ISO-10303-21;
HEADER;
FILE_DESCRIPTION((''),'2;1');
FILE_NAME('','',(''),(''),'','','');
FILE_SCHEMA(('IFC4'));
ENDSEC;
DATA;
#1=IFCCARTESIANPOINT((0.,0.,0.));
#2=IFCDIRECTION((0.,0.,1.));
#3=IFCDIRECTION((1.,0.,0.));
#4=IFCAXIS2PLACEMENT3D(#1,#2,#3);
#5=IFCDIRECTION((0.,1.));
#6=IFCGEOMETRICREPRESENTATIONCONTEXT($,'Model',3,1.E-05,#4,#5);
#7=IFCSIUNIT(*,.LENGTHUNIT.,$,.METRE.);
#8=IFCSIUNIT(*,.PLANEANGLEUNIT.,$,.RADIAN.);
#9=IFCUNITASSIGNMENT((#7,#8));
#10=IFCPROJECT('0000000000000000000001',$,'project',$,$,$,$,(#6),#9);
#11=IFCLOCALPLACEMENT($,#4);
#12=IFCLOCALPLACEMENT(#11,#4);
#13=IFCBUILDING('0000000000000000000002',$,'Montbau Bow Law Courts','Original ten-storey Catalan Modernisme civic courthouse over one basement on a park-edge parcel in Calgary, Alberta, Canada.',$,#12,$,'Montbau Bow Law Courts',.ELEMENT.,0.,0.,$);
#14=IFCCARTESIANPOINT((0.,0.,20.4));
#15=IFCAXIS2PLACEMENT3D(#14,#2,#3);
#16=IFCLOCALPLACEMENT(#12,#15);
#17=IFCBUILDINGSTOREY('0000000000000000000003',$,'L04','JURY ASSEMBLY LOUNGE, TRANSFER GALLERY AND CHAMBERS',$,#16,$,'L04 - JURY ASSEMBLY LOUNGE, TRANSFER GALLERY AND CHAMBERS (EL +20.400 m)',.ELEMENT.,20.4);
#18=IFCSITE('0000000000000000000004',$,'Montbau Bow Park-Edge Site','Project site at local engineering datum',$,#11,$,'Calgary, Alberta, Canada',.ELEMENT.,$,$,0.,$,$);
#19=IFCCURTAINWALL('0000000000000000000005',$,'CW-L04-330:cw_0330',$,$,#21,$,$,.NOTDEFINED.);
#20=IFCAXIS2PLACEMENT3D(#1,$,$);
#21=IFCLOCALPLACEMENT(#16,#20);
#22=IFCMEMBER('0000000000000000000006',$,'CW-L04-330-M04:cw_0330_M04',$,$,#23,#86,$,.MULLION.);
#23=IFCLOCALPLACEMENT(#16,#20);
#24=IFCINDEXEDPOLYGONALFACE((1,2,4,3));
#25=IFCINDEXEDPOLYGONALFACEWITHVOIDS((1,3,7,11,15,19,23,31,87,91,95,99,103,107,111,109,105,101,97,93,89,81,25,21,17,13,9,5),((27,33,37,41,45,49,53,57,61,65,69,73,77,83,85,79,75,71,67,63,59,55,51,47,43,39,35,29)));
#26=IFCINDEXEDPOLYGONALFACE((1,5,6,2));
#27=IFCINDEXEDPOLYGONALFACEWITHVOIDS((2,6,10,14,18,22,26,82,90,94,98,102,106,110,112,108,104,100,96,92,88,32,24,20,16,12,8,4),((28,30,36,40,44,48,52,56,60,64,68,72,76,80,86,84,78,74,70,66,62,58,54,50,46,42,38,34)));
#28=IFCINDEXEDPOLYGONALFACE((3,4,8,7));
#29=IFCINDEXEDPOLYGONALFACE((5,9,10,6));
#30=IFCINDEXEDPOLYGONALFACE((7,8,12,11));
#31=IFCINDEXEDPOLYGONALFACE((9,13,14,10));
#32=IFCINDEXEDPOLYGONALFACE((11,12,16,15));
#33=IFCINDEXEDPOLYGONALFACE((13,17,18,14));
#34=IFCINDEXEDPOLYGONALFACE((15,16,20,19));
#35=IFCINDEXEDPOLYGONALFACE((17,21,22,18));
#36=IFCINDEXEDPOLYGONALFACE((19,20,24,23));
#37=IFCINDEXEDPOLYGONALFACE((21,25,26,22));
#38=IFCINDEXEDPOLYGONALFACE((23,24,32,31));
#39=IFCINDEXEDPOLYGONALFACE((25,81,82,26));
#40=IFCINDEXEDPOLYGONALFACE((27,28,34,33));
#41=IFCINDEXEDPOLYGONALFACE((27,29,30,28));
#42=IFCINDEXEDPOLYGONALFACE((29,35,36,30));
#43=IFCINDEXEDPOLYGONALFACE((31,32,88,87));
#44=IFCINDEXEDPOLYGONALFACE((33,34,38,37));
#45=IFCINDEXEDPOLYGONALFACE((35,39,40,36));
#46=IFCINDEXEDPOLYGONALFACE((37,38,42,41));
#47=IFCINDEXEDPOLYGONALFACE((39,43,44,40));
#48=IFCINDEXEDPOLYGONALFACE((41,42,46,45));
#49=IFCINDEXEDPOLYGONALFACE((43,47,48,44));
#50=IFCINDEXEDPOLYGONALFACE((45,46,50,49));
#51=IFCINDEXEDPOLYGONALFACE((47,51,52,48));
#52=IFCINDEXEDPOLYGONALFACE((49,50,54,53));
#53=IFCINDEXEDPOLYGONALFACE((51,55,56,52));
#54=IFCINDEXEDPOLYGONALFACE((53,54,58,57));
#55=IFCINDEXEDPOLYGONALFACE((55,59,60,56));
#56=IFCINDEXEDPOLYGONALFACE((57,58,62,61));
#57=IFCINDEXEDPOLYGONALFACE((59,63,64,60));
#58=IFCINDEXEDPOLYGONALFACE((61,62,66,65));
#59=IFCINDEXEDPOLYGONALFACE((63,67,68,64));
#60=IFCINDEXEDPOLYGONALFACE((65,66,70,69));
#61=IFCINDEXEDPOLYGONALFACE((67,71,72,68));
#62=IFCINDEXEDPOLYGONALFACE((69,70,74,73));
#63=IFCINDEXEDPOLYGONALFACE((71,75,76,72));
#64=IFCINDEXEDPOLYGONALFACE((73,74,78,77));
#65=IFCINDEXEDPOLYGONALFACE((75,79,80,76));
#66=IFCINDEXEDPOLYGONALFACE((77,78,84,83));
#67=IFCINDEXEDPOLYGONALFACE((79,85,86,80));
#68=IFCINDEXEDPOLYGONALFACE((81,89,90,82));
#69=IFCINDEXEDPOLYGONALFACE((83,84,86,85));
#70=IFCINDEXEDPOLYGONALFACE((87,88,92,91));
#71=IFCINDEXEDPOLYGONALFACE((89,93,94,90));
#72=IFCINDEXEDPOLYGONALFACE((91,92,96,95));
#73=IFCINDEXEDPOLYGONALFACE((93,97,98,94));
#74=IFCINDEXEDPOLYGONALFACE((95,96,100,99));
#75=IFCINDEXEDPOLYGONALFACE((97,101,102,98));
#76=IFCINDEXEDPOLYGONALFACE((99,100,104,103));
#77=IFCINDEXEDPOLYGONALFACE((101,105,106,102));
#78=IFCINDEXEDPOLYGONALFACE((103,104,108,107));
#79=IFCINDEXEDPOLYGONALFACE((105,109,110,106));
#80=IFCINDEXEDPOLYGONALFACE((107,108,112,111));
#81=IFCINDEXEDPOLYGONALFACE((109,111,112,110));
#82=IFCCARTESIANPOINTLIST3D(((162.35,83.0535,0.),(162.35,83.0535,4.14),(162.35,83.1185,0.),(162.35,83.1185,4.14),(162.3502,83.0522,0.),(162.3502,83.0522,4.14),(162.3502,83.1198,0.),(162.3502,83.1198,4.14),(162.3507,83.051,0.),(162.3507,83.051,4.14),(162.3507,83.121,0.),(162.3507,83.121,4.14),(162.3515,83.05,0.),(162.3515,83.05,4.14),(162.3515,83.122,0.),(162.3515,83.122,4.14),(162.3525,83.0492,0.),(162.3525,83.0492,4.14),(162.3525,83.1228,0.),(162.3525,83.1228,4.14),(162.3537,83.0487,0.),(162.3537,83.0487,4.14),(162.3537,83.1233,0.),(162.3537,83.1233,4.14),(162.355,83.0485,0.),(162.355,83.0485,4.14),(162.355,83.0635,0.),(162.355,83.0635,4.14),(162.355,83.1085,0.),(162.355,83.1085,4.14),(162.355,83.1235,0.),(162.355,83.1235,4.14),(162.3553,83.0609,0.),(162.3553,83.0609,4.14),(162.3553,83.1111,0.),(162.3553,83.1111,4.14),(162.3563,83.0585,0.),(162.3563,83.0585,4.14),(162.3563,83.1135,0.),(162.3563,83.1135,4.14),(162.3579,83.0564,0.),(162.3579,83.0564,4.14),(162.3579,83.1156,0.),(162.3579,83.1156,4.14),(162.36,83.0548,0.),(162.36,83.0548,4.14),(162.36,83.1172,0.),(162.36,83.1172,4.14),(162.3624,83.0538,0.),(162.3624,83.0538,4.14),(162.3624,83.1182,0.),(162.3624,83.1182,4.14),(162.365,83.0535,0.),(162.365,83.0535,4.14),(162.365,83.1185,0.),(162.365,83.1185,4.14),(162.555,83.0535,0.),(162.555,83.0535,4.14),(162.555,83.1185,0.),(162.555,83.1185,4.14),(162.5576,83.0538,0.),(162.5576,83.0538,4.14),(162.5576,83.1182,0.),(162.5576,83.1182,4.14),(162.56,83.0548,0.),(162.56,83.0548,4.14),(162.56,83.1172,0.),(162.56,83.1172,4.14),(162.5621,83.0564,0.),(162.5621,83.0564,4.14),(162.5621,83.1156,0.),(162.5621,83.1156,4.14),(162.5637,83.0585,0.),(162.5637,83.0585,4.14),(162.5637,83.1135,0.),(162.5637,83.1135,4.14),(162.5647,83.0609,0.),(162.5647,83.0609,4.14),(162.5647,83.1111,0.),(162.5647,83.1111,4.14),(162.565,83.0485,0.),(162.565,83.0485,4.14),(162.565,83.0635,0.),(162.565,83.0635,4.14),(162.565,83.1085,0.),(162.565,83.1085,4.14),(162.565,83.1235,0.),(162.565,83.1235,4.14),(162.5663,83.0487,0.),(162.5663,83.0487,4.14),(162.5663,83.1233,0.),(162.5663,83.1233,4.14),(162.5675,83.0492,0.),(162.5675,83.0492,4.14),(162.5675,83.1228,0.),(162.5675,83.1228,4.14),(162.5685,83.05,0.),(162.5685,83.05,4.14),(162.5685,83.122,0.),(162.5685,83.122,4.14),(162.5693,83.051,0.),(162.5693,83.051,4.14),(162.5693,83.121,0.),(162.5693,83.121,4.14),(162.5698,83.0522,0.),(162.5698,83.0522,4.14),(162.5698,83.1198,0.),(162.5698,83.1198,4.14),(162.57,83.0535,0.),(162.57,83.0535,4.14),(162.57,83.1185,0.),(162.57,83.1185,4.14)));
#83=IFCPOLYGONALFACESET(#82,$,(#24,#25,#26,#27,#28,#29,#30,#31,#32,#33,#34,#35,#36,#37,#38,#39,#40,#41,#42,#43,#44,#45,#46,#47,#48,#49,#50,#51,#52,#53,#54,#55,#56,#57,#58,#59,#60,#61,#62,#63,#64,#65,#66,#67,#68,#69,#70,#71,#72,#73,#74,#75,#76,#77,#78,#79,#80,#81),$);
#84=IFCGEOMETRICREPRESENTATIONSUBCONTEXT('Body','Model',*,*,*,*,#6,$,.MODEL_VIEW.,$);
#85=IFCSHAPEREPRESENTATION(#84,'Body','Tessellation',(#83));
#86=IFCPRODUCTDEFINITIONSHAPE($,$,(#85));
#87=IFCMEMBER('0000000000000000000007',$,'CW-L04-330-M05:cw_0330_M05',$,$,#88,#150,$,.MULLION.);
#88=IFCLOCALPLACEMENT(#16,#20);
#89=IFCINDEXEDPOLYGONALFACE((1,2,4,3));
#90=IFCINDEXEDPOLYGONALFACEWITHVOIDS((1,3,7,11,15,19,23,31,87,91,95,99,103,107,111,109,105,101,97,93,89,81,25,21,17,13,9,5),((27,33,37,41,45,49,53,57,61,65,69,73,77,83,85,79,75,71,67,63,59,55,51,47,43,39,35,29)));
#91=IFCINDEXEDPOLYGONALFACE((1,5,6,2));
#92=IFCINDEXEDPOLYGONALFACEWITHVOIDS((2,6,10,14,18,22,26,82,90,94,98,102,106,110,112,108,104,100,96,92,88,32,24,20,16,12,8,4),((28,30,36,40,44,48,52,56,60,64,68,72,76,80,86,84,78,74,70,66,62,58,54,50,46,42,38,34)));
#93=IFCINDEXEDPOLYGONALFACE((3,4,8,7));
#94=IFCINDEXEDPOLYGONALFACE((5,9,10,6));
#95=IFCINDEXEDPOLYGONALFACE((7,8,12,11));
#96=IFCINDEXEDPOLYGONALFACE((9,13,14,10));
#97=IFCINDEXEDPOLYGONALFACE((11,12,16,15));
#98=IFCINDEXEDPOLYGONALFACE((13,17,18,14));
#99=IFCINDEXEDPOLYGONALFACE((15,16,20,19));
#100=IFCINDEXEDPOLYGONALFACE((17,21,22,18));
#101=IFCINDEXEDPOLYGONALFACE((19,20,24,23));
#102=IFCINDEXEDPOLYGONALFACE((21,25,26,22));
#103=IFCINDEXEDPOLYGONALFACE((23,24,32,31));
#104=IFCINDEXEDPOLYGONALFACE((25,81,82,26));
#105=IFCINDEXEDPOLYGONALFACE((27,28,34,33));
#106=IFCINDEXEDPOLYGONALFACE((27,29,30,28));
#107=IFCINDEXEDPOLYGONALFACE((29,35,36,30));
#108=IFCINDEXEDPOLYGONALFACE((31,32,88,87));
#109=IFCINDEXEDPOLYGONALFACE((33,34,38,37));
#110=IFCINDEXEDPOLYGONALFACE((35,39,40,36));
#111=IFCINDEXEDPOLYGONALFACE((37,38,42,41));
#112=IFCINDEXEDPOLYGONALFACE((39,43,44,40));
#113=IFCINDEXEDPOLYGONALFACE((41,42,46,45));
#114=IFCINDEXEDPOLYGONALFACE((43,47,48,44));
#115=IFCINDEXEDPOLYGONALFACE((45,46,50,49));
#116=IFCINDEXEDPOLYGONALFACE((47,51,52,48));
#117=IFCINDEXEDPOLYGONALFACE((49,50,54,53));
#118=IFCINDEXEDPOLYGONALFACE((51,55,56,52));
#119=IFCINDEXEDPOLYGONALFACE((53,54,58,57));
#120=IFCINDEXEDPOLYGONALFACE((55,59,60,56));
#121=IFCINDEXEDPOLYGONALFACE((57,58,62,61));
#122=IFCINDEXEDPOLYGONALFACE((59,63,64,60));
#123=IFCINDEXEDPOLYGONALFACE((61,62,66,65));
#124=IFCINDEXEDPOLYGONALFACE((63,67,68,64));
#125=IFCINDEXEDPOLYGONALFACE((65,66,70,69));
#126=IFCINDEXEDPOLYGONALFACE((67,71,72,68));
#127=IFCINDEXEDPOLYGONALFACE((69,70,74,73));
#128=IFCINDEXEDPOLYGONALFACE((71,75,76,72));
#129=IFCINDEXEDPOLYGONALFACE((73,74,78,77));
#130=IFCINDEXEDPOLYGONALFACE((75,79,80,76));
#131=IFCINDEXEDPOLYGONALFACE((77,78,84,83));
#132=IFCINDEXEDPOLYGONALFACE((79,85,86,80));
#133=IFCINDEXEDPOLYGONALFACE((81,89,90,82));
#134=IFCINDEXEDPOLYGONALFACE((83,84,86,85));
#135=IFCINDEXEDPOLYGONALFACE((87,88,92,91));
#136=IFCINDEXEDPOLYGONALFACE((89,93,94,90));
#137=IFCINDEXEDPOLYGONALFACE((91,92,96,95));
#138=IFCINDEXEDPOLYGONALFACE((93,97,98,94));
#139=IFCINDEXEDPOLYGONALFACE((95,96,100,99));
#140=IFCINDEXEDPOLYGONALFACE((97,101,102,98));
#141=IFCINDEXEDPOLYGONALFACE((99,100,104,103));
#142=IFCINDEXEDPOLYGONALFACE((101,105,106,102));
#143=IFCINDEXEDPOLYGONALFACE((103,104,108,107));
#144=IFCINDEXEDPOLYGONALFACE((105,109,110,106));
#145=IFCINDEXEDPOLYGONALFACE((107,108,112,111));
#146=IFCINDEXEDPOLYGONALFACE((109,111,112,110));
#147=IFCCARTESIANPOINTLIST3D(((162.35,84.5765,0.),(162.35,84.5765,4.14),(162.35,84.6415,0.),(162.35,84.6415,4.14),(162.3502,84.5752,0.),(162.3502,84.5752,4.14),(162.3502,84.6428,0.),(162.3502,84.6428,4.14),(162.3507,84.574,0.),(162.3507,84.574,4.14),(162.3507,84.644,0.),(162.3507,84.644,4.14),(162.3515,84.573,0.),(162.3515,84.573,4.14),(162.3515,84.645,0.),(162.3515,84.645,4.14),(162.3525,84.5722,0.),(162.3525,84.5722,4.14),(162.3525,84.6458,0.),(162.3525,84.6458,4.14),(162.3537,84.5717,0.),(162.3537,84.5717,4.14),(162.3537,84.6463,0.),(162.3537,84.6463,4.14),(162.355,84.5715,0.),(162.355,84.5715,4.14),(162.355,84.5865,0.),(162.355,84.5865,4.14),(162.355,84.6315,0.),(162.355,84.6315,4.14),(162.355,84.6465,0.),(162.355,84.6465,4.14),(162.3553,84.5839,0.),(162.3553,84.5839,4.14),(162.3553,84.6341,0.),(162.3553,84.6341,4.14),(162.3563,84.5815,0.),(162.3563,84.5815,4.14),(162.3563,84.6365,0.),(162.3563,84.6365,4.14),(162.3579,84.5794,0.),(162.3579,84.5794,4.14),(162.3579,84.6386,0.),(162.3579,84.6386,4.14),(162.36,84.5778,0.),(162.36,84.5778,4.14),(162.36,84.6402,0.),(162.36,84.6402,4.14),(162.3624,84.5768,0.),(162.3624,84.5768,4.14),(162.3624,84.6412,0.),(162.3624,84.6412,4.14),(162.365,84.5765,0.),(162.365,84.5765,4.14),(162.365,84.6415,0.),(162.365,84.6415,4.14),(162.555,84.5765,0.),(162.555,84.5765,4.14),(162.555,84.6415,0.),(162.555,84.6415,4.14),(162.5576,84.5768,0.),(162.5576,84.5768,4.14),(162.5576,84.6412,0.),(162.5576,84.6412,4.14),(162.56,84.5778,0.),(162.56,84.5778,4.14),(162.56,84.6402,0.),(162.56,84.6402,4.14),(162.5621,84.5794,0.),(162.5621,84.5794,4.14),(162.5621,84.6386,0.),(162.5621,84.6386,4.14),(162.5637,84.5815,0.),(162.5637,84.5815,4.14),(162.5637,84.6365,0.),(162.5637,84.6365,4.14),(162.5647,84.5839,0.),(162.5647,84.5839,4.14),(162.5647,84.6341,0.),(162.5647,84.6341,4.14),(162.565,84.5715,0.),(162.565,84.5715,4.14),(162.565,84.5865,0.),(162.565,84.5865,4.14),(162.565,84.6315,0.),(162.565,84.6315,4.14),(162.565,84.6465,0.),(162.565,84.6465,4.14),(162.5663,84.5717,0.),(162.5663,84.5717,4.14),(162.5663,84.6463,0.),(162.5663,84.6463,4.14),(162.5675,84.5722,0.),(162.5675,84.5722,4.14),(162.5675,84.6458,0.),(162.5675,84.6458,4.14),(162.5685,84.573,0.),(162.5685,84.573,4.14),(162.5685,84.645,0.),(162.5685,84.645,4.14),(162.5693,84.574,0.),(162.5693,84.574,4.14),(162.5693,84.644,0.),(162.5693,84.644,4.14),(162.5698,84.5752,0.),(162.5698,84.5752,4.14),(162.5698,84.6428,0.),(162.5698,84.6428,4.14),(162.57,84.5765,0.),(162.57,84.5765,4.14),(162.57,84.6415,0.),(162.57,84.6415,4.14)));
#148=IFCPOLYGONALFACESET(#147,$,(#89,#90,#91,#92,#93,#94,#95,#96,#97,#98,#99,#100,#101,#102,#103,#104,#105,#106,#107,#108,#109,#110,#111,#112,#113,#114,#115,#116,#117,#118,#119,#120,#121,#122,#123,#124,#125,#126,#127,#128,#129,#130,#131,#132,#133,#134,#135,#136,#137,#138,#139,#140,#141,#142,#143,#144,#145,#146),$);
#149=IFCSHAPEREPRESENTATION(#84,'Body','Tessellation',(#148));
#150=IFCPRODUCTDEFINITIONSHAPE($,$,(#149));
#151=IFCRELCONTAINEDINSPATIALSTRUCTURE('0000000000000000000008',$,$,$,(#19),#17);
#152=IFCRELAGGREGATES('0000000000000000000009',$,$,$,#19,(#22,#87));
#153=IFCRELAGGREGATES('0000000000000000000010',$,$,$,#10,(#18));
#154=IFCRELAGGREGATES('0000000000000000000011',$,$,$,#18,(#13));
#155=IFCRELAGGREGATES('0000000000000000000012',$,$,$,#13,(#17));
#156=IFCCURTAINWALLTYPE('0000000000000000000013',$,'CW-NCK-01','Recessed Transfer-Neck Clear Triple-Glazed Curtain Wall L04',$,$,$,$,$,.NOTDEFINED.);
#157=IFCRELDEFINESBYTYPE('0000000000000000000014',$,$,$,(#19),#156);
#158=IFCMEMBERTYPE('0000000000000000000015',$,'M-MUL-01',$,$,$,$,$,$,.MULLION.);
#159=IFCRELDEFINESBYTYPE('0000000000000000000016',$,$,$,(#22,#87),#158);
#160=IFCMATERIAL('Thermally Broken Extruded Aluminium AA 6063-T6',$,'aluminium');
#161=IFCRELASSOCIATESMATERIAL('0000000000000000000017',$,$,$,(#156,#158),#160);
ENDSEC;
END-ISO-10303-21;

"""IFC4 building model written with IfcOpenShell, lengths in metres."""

from ifc_helpers import new_model, si_unit, direction, frame, origin_with_axes, origin_2d_with_axis, place, context, subcontext, project, spatial, hollow_rectangle, extrude, material, material_profile, profile_set, type_object, element, aggregate, save


model = new_model("IFC4")

# Units and contexts
model_context = context("Model", 3, precision=1e-05, world=origin_with_axes(), true_north=direction((0.0, 1.0)))
body_context = subcontext(model_context, "Body", "Model", "MODEL_VIEW")
ifc_project = project(units=[si_unit("LENGTHUNIT", "METRE"), si_unit("PLANEANGLEUNIT", "RADIAN")], contexts=[model_context])

# Site, building, storey
site_placement = place(None, origin_with_axes())
site = spatial("IfcSite", under=ifc_project, at=site_placement, Name="Montbau Bow Park-Edge Site", Description="Project site at local engineering datum", LongName="Calgary, Alberta, Canada", CompositionType="ELEMENT", RefElevation=0.0)
building_placement = place(site_placement, origin_with_axes())
building = spatial("IfcBuilding", under=site, at=building_placement, Name="Montbau Bow Law Courts", Description="Original ten-storey Catalan Modernisme civic courthouse over one basement on a park-edge parcel in Calgary, Alberta, Canada.", LongName="Montbau Bow Law Courts", CompositionType="ELEMENT", ElevationOfRefHeight=0.0, ElevationOfTerrain=0.0)
storey_placement = place(building_placement, frame((0.0, 0.0, 20.4), z_axis=(0.0, 0.0, 1.0), x_axis=(1.0, 0.0, 0.0)))
storey = spatial("IfcBuildingStorey", under=building, at=storey_placement, Name="L04", Description="JURY ASSEMBLY LOUNGE, TRANSFER GALLERY AND CHAMBERS", LongName="L04 - JURY ASSEMBLY LOUNGE, TRANSFER GALLERY AND CHAMBERS (EL +20.400 m)", CompositionType="ELEMENT", Elevation=20.4)

# Curtain wall, members
ifc_material_1 = material(Name="Thermally Broken Extruded Aluminium AA 6063-T6", Category="aluminium")
curtain_wall_type = type_object("IfcCurtainWallType", Name="CW-NCK-01", Description="Recessed Transfer-Neck Clear Triple-Glazed Curtain Wall L04", PredefinedType="NOTDEFINED", material=ifc_material_1)
curtain_wall_placement = place(None, frame((162.46, 78.515, 20.4), z_axis=(0.0, 0.0, 1.0), x_axis=(1.0, 0.0, 0.0)))
curtain_wall = element("IfcCurtainWall", 1, at=curtain_wall_placement, inside=storey, type_object=curtain_wall_type, Name="CW-L04-330:cw_0330", PredefinedType="NOTDEFINED")
ifc_material_profile_1 = material_profile(ifc_material_1, hollow_rectangle(XDim=0.075, YDim=0.22, WallThickness=0.005, InnerFilletRadius=0.01, OuterFilletRadius=0.005, at=origin_2d_with_axis()), Name="CWM-220X75", Category="Main", Priority=0)
ifc_profile_set_1 = profile_set([ifc_material_profile_1], Name="Thermally Broken Extruded Aluminium AA 6063-T6")
member_type_1 = type_object("IfcMemberType", Name="M-MUL-01", PredefinedType="MULLION", material=ifc_profile_set_1)
member_1_placement = place(None, frame((162.46, 83.086, 20.4), z_axis=(0.0, 0.0, 1.0), x_axis=(0.0, 1.0, 0.0)))
member_1 = element("IfcMember", 2, at=member_1_placement, type_object=member_type_1, Name="CW-L04-330-M04:cw_0330_M04", PredefinedType="MULLION", context=body_context, shape_type="SweptSolid", body=[
    extrude(hollow_rectangle(XDim=0.075, YDim=0.22, WallThickness=0.005, InnerFilletRadius=0.01, OuterFilletRadius=0.005, at=origin_2d_with_axis()), origin_with_axes(), (0.0, 0.0, 1.0), 4.14),
])
member_2_placement = place(None, frame((162.46, 84.609, 20.4), z_axis=(0.0, 0.0, 1.0), x_axis=(0.0, 1.0, 0.0)))
member_2 = element("IfcMember", 3, at=member_2_placement, type_object=member_type_1, Name="CW-L04-330-M05:cw_0330_M05", PredefinedType="MULLION", context=body_context, shape_type="SweptSolid", body=[
    extrude(hollow_rectangle(XDim=0.075, YDim=0.22, WallThickness=0.005, InnerFilletRadius=0.01, OuterFilletRadius=0.005, at=origin_2d_with_axis()), origin_with_axes(), (0.0, 0.0, 1.0), 4.14),
])
aggregate(curtain_wall, [member_1, member_2])

save(model, "model.ifc")
